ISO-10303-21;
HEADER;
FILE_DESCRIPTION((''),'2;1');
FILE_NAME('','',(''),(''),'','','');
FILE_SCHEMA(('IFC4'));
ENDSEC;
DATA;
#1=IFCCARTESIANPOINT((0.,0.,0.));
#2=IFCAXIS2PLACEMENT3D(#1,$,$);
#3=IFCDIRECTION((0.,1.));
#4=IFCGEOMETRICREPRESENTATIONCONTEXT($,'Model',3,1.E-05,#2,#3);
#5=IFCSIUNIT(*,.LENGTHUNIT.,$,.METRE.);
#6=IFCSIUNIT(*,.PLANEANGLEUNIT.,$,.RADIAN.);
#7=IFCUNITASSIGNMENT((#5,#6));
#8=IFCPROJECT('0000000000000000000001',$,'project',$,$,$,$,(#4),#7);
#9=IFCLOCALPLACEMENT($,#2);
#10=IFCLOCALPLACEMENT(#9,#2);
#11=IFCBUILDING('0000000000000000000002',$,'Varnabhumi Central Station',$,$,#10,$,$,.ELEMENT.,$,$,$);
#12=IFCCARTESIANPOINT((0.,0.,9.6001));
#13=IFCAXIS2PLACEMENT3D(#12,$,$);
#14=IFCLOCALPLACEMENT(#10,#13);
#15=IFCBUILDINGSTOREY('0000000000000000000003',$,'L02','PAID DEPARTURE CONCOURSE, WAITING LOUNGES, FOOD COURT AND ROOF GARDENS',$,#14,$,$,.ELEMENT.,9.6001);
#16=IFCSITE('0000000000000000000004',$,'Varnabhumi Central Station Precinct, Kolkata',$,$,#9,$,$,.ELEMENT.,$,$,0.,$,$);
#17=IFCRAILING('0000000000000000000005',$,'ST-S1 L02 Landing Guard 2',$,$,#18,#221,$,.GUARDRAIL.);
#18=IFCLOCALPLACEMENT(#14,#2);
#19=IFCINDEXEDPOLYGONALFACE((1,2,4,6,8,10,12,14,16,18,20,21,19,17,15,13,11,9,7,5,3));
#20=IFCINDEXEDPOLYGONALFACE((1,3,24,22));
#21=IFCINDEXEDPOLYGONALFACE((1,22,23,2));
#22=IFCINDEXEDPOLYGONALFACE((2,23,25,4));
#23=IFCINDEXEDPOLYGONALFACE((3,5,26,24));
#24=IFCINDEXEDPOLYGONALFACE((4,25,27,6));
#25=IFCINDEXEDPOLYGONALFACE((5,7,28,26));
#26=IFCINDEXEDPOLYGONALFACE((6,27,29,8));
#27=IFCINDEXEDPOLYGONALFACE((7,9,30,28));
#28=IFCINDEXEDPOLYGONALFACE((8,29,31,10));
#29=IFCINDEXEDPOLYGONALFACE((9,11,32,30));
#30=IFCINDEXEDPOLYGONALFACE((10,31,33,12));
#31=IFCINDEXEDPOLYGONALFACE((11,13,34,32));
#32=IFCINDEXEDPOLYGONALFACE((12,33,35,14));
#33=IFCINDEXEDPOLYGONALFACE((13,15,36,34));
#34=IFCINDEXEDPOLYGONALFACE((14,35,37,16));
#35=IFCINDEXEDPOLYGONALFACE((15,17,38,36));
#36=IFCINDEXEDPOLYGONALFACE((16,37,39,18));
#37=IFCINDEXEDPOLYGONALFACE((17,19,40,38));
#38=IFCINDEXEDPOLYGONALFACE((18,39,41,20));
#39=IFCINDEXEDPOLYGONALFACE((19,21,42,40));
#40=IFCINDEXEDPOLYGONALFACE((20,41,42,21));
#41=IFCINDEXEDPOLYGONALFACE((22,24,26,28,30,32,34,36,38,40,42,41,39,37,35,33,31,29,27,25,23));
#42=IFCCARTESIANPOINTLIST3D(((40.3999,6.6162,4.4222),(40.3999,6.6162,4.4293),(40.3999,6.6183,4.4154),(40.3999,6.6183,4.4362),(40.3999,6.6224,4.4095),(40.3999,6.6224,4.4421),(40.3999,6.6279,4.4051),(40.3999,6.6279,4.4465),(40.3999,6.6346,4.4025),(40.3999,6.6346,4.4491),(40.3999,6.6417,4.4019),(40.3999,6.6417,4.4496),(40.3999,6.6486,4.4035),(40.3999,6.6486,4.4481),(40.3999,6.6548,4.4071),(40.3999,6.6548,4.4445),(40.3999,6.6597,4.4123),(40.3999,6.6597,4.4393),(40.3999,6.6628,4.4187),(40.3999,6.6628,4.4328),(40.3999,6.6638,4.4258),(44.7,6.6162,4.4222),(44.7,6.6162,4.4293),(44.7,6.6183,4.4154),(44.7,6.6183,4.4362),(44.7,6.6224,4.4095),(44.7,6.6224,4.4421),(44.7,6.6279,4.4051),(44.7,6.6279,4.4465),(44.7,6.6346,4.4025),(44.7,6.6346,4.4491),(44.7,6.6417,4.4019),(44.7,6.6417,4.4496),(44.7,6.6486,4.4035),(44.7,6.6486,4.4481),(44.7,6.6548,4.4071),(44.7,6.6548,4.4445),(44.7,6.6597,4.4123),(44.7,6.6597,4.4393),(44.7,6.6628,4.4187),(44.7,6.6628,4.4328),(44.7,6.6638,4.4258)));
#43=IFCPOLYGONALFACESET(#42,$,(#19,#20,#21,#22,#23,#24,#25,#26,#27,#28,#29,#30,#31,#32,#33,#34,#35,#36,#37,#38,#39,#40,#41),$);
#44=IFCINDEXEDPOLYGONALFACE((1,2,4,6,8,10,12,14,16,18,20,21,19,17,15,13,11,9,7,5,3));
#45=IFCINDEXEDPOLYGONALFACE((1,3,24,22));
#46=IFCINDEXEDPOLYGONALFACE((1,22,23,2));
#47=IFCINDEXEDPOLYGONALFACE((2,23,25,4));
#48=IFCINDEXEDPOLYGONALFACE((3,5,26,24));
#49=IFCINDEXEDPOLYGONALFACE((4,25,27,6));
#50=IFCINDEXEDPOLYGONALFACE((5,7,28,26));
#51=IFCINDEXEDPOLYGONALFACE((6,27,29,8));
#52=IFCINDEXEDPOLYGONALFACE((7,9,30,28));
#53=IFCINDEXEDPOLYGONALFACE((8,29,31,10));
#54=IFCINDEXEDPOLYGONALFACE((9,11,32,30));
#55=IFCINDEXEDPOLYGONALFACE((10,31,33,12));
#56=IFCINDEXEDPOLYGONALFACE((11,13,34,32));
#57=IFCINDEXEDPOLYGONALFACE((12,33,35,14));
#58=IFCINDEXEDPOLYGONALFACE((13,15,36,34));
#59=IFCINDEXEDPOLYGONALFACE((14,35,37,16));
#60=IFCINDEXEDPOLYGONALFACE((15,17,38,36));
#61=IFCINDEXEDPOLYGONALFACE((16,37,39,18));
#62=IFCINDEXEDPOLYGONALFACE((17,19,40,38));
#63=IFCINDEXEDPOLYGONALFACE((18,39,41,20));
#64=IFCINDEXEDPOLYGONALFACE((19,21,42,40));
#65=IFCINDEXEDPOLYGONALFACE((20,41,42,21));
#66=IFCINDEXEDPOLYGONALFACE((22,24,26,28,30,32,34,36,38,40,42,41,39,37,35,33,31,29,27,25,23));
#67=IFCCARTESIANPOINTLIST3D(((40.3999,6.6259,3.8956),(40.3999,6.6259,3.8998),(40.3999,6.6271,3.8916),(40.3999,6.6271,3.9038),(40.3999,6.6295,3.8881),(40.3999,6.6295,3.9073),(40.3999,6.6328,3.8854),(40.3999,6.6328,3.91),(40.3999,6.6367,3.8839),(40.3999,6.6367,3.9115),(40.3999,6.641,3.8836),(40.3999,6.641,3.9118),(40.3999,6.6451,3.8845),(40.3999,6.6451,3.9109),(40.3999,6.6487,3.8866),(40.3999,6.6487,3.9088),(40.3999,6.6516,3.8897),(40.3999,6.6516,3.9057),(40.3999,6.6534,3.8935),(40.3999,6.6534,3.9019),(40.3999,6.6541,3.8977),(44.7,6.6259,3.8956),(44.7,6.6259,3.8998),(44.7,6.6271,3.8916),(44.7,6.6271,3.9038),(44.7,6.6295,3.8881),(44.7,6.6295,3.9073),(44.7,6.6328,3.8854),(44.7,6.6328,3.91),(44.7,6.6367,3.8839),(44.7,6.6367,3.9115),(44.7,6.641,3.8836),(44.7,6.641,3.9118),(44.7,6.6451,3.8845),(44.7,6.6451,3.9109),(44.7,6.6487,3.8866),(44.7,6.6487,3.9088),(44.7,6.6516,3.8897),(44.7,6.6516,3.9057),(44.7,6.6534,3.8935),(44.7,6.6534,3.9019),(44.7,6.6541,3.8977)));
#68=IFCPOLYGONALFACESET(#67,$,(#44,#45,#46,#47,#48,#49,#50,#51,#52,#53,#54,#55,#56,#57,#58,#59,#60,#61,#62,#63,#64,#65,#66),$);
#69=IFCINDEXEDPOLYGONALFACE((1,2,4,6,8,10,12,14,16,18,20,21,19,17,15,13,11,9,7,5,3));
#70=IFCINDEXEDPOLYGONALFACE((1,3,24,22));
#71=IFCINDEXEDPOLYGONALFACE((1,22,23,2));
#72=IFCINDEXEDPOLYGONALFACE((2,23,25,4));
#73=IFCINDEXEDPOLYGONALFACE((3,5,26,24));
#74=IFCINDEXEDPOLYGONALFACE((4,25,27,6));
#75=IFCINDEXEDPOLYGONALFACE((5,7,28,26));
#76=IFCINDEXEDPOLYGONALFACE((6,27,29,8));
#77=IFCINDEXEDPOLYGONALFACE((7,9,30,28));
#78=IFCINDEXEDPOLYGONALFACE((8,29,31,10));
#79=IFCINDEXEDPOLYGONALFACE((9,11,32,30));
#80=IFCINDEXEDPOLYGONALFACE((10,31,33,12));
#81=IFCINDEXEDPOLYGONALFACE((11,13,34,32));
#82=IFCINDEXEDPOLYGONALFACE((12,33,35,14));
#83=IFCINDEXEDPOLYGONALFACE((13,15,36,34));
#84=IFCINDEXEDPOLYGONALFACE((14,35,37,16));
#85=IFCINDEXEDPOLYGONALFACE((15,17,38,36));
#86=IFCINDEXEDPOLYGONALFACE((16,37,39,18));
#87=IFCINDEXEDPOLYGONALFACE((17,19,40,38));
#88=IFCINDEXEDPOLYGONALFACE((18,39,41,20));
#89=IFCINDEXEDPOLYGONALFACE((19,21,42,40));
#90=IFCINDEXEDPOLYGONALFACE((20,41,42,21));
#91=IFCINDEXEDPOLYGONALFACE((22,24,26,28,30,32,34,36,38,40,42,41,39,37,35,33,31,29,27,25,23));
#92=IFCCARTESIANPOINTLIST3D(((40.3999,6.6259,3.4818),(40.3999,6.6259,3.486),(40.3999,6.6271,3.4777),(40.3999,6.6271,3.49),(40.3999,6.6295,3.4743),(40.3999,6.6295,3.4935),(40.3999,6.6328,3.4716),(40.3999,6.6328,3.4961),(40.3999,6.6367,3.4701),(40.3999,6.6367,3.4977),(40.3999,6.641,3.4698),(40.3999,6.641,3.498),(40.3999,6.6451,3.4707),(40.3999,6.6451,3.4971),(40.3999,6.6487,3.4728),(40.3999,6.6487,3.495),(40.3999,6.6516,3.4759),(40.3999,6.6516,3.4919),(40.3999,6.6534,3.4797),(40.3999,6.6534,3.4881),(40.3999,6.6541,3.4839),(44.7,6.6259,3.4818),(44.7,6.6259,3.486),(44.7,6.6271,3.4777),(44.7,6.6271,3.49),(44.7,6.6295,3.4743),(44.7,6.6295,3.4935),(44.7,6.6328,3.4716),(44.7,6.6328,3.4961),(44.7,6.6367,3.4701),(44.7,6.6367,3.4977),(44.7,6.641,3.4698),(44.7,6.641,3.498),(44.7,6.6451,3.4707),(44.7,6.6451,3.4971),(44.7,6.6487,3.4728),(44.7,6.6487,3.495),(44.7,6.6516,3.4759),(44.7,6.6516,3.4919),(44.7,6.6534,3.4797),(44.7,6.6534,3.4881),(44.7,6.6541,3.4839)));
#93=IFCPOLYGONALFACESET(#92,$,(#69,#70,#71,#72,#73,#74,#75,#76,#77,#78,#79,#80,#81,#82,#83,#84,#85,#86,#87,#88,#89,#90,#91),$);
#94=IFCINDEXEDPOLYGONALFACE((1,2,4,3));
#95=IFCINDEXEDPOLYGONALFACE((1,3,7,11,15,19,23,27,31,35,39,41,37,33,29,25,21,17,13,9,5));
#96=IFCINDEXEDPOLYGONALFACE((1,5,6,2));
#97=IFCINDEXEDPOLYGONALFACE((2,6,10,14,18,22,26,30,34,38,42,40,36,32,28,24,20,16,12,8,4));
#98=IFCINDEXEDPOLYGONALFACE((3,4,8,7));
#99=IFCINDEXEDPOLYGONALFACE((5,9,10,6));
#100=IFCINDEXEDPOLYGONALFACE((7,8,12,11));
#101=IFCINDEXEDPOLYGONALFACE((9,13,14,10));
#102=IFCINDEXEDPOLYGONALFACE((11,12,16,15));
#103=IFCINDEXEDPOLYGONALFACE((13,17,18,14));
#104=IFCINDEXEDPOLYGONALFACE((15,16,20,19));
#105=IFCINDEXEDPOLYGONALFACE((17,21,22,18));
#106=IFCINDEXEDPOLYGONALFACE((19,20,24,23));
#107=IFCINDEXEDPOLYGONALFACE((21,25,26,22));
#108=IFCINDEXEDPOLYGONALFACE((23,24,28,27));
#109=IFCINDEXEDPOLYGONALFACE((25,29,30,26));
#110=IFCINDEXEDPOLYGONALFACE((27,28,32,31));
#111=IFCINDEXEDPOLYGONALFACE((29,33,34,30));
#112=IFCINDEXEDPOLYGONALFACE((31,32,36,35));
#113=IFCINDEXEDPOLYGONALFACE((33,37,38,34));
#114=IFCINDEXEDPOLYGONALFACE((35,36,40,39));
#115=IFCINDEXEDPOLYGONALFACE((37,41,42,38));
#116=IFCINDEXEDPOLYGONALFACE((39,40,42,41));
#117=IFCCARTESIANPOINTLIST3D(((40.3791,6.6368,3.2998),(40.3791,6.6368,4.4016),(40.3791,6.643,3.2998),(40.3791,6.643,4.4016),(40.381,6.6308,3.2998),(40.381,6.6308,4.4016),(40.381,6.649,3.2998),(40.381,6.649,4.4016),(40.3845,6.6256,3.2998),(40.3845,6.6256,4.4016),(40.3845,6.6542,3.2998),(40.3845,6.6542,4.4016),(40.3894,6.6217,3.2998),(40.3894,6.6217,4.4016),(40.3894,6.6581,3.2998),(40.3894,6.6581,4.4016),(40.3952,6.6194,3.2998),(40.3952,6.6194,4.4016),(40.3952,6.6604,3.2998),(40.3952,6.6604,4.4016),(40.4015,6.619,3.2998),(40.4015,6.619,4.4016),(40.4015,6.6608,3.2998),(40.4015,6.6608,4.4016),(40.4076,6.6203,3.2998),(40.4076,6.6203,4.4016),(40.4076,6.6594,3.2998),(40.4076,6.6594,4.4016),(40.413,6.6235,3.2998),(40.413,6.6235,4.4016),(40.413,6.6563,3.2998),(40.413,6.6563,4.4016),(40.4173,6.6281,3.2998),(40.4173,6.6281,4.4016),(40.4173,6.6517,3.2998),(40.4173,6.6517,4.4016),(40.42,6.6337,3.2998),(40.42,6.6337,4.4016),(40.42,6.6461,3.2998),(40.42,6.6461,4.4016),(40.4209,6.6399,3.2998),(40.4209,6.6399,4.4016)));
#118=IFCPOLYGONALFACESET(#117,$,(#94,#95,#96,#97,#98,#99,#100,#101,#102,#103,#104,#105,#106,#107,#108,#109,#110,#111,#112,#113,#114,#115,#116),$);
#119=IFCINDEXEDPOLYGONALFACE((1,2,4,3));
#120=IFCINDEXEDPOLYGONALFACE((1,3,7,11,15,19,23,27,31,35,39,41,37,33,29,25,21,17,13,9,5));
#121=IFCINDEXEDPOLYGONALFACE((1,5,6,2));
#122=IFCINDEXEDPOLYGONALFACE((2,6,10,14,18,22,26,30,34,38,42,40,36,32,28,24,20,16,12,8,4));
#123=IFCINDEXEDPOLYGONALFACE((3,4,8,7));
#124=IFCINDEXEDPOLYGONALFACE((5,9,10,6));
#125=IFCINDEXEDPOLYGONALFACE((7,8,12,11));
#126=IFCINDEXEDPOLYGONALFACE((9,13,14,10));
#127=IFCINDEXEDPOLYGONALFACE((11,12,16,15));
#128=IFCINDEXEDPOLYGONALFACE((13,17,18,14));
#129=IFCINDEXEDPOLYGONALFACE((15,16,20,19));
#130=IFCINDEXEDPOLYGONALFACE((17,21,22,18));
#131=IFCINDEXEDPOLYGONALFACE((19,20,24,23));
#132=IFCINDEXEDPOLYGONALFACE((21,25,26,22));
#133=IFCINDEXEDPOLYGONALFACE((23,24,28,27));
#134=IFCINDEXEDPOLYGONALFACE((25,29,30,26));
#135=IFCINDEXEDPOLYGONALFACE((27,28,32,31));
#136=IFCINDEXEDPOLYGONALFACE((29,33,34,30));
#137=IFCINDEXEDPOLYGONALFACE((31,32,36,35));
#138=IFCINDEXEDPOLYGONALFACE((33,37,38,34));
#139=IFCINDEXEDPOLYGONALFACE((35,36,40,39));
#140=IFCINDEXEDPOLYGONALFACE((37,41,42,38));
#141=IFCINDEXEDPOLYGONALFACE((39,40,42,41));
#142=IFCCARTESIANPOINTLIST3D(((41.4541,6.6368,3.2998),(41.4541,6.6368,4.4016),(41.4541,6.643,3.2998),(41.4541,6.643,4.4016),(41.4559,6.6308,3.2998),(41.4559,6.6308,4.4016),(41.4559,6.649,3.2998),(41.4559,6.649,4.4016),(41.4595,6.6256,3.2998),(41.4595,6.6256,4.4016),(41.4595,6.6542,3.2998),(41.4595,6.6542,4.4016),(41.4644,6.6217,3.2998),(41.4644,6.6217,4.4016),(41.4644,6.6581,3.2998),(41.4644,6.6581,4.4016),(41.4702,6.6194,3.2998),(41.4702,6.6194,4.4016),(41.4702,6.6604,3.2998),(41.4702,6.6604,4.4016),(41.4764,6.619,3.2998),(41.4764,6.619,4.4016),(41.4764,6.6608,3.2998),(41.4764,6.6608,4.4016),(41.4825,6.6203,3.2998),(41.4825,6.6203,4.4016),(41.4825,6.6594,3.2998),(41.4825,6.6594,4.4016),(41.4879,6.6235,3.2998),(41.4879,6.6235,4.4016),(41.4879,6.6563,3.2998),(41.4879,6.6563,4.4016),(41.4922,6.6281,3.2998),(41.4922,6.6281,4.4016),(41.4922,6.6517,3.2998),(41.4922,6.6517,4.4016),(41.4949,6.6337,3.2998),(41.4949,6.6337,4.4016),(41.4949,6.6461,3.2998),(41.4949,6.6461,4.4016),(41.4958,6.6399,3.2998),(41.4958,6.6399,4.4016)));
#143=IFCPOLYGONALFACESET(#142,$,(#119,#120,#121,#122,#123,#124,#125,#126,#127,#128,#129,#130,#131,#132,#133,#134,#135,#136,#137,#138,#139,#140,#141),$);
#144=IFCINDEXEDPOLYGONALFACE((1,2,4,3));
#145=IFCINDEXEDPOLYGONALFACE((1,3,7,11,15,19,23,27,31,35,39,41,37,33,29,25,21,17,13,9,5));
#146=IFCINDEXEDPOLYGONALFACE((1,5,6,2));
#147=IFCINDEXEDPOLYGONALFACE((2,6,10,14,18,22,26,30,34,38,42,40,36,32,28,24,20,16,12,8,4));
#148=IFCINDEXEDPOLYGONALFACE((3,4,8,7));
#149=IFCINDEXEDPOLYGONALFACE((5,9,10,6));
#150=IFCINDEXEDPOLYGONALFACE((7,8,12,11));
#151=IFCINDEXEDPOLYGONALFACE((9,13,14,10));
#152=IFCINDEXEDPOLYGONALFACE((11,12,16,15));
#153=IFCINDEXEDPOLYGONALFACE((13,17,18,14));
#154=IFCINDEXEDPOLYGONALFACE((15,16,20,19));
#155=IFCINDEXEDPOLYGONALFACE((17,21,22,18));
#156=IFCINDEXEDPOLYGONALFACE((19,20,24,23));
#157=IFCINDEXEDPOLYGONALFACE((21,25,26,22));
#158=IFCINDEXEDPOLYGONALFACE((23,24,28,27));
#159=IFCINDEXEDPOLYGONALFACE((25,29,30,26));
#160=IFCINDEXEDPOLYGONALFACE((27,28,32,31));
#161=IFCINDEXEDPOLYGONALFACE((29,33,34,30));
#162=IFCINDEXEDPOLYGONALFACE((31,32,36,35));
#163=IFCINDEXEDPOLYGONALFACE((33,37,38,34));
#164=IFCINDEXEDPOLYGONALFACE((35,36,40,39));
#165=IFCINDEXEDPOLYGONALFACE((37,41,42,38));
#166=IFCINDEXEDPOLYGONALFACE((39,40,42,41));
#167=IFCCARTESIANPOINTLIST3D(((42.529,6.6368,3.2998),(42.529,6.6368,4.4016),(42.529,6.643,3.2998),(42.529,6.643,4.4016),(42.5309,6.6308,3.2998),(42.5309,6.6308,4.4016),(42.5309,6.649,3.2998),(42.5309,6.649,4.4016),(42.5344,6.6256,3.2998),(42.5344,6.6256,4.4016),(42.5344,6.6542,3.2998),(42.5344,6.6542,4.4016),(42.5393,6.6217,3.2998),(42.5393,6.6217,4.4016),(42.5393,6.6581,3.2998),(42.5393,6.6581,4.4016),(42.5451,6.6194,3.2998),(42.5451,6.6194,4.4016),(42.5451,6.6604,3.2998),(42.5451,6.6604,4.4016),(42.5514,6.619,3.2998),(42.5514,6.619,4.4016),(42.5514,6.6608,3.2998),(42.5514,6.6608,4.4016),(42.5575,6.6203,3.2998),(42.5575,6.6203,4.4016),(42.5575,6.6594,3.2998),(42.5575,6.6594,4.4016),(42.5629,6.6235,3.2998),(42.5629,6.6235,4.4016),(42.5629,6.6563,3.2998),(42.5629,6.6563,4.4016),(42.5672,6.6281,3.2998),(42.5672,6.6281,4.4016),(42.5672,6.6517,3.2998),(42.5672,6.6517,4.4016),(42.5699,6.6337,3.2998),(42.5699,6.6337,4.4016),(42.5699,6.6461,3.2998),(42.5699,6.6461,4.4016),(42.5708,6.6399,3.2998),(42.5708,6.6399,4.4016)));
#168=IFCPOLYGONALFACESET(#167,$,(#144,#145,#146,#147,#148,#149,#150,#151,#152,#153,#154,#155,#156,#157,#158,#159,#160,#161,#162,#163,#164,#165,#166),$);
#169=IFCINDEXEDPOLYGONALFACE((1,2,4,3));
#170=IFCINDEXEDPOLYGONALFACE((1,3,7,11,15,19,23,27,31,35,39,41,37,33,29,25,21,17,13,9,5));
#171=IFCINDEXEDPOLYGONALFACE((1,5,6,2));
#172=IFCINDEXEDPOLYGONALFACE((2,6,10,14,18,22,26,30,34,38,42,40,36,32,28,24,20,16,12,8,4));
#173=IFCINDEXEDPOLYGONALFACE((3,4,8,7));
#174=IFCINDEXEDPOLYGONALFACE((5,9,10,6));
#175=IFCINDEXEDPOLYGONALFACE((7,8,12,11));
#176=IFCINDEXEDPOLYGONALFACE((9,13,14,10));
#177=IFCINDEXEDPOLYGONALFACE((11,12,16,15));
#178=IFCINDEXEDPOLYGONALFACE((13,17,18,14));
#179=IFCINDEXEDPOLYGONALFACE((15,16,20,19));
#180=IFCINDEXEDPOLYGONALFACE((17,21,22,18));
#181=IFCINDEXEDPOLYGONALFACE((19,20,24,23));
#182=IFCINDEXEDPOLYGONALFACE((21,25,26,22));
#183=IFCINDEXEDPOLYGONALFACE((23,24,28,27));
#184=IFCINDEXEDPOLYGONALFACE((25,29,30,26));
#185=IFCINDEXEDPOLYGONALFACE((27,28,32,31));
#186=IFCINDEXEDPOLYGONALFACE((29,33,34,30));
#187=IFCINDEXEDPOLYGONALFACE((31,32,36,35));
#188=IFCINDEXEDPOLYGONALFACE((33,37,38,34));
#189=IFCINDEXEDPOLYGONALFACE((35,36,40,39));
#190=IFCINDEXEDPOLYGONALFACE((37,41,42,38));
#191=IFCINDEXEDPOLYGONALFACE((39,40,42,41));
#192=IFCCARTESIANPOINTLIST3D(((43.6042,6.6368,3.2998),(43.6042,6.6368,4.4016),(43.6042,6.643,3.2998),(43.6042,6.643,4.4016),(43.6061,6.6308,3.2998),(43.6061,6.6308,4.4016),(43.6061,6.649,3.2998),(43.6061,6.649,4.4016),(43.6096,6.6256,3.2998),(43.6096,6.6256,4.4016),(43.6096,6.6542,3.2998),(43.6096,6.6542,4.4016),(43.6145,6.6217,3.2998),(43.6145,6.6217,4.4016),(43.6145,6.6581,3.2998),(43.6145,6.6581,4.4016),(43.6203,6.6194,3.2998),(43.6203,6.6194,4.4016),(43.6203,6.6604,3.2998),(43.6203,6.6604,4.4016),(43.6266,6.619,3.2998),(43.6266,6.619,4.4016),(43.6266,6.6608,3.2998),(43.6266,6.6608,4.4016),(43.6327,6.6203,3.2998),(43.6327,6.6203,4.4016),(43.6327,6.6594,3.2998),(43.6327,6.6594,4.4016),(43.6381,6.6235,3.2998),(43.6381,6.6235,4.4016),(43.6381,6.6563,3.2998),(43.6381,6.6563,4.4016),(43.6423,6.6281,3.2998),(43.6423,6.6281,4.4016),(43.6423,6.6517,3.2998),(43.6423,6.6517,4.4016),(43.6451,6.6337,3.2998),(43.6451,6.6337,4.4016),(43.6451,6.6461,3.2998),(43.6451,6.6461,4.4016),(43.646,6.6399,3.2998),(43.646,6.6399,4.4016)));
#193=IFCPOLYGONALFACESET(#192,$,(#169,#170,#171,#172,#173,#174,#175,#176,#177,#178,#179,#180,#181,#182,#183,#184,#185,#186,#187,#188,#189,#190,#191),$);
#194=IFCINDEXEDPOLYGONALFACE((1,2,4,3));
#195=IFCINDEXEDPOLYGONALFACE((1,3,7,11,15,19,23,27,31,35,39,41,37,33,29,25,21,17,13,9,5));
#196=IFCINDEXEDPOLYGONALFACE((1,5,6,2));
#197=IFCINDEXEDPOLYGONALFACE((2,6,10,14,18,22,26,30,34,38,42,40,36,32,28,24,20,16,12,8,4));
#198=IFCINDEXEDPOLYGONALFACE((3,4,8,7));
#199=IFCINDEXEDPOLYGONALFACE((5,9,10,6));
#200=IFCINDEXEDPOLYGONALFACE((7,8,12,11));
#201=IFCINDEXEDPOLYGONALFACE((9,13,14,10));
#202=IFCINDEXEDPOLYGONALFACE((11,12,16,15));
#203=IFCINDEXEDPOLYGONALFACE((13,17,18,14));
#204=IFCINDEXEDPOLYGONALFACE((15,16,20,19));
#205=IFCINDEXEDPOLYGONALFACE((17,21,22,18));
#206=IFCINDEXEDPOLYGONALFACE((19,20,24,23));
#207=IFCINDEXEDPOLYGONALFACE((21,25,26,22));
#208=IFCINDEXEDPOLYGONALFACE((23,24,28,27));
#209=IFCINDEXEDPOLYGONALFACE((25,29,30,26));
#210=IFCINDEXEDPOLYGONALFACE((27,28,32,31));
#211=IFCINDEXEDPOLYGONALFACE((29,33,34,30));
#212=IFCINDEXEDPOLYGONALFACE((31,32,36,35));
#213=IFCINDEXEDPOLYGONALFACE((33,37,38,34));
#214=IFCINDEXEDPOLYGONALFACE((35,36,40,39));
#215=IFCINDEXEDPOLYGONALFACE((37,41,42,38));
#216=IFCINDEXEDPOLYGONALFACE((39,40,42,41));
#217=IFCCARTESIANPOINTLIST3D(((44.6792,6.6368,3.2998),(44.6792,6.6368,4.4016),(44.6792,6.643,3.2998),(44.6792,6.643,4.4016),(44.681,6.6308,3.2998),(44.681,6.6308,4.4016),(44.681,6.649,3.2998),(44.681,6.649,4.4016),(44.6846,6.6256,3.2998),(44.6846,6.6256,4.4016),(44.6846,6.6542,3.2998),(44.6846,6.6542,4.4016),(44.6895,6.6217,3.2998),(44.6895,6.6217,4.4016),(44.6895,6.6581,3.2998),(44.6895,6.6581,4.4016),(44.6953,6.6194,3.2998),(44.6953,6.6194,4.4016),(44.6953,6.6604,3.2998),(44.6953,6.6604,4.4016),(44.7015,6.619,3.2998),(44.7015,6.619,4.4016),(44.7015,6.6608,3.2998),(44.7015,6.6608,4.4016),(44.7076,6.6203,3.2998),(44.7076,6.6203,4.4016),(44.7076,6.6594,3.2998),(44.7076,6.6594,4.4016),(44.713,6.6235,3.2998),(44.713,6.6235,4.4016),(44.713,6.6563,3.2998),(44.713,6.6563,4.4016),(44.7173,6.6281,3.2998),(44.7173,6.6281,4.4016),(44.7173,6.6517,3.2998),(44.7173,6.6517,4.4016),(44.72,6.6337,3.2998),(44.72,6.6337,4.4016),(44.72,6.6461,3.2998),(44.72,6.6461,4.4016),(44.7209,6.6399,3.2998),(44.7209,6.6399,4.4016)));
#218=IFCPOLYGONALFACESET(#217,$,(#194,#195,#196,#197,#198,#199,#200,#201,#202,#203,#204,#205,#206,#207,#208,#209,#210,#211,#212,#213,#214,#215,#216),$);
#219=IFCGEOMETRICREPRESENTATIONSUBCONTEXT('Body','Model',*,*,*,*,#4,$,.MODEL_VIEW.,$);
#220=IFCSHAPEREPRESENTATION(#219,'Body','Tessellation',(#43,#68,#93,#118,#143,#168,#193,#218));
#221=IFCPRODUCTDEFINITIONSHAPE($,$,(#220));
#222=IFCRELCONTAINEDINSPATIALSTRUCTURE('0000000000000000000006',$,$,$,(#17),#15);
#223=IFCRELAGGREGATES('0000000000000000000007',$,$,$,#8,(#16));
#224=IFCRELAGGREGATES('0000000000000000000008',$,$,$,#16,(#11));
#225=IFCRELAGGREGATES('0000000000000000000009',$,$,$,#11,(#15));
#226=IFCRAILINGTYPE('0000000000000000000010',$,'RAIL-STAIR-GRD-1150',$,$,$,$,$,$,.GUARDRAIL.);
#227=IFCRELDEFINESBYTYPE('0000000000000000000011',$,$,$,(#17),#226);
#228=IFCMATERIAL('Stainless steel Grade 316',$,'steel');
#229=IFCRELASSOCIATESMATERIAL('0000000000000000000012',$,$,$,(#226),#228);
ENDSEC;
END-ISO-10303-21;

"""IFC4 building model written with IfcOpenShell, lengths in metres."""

from ifc_helpers import new_model, si_unit, direction, frame, origin, origin_2d, place, context, subcontext, project, spatial, circle, extrude, material, type_object, element, save


model = new_model("IFC4")

# Units and contexts
model_context = context("Model", 3, precision=1e-05, world=origin(), true_north=direction((0.0, 1.0)))
body_context = subcontext(model_context, "Body", "Model", "MODEL_VIEW")
ifc_project = project(units=[si_unit("LENGTHUNIT", "METRE"), si_unit("PLANEANGLEUNIT", "RADIAN")], contexts=[model_context])

# Site, building, storey
site_placement = place(None, origin())
site = spatial("IfcSite", under=ifc_project, at=site_placement, Name="Varnabhumi Central Station Precinct, Kolkata", CompositionType="ELEMENT", RefElevation=0.0)
building_placement = place(site_placement, origin())
building = spatial("IfcBuilding", under=site, at=building_placement, Name="Varnabhumi Central Station", CompositionType="ELEMENT")
storey_placement = place(building_placement, frame((0.0, 0.0, 9.6001)))
storey = spatial("IfcBuildingStorey", under=building, at=storey_placement, Name="L02", Description="PAID DEPARTURE CONCOURSE, WAITING LOUNGES, FOOD COURT AND ROOF GARDENS", CompositionType="ELEMENT", Elevation=9.6001)

# Railing
ifc_material_1 = material(Name="Stainless steel Grade 316", Category="steel")
railing_type = type_object("IfcRailingType", Name="RAIL-STAIR-GRD-1150", PredefinedType="GUARDRAIL", material=ifc_material_1)
railing_1_placement = place(storey_placement, frame((40.3999, 6.6399, 3.2998)))
element("IfcRailing", 1, at=railing_1_placement, inside=storey, type_object=railing_type, Name="ST-S1 L02 Landing Guard 2", PredefinedType="GUARDRAIL", context=body_context, shape_type="SweptSolid", body=[
    extrude(circle(Radius=0.0239, at=origin_2d()), frame((0.0, 0.0, 1.126), z_axis=(1.0, 0.0, 0.0), x_axis=(0.0, 1.0, 0.0)), (0.0, 0.0, 1.0), 4.3),
    extrude(circle(Radius=0.0142, at=origin_2d()), frame((0.0, 0.0, 0.5979), z_axis=(1.0, 0.0, 0.0), x_axis=(0.0, 1.0, 0.0)), (0.0, 0.0, 1.0), 4.3),
    extrude(circle(Radius=0.0142, at=origin_2d()), frame((0.0, 0.0, 0.1841), z_axis=(1.0, 0.0, 0.0), x_axis=(0.0, 1.0, 0.0)), (0.0, 0.0, 1.0), 4.3),
    extrude(circle(Radius=0.021, at=origin_2d()), origin(), (0.0, 0.0, 1.0), 1.1018),
    extrude(circle(Radius=0.021, at=origin_2d()), frame((1.075, 0.0, 0.0)), (0.0, 0.0, 1.0), 1.1018),
    extrude(circle(Radius=0.021, at=origin_2d()), frame((2.1499, 0.0, 0.0)), (0.0, 0.0, 1.0), 1.1018),
    extrude(circle(Radius=0.021, at=origin_2d()), frame((3.2251, 0.0, 0.0)), (0.0, 0.0, 1.0), 1.1018),
    extrude(circle(Radius=0.021, at=origin_2d()), frame((4.3, 0.0, 0.0)), (0.0, 0.0, 1.0), 1.1018),
])

save(model, "model.ifc")
